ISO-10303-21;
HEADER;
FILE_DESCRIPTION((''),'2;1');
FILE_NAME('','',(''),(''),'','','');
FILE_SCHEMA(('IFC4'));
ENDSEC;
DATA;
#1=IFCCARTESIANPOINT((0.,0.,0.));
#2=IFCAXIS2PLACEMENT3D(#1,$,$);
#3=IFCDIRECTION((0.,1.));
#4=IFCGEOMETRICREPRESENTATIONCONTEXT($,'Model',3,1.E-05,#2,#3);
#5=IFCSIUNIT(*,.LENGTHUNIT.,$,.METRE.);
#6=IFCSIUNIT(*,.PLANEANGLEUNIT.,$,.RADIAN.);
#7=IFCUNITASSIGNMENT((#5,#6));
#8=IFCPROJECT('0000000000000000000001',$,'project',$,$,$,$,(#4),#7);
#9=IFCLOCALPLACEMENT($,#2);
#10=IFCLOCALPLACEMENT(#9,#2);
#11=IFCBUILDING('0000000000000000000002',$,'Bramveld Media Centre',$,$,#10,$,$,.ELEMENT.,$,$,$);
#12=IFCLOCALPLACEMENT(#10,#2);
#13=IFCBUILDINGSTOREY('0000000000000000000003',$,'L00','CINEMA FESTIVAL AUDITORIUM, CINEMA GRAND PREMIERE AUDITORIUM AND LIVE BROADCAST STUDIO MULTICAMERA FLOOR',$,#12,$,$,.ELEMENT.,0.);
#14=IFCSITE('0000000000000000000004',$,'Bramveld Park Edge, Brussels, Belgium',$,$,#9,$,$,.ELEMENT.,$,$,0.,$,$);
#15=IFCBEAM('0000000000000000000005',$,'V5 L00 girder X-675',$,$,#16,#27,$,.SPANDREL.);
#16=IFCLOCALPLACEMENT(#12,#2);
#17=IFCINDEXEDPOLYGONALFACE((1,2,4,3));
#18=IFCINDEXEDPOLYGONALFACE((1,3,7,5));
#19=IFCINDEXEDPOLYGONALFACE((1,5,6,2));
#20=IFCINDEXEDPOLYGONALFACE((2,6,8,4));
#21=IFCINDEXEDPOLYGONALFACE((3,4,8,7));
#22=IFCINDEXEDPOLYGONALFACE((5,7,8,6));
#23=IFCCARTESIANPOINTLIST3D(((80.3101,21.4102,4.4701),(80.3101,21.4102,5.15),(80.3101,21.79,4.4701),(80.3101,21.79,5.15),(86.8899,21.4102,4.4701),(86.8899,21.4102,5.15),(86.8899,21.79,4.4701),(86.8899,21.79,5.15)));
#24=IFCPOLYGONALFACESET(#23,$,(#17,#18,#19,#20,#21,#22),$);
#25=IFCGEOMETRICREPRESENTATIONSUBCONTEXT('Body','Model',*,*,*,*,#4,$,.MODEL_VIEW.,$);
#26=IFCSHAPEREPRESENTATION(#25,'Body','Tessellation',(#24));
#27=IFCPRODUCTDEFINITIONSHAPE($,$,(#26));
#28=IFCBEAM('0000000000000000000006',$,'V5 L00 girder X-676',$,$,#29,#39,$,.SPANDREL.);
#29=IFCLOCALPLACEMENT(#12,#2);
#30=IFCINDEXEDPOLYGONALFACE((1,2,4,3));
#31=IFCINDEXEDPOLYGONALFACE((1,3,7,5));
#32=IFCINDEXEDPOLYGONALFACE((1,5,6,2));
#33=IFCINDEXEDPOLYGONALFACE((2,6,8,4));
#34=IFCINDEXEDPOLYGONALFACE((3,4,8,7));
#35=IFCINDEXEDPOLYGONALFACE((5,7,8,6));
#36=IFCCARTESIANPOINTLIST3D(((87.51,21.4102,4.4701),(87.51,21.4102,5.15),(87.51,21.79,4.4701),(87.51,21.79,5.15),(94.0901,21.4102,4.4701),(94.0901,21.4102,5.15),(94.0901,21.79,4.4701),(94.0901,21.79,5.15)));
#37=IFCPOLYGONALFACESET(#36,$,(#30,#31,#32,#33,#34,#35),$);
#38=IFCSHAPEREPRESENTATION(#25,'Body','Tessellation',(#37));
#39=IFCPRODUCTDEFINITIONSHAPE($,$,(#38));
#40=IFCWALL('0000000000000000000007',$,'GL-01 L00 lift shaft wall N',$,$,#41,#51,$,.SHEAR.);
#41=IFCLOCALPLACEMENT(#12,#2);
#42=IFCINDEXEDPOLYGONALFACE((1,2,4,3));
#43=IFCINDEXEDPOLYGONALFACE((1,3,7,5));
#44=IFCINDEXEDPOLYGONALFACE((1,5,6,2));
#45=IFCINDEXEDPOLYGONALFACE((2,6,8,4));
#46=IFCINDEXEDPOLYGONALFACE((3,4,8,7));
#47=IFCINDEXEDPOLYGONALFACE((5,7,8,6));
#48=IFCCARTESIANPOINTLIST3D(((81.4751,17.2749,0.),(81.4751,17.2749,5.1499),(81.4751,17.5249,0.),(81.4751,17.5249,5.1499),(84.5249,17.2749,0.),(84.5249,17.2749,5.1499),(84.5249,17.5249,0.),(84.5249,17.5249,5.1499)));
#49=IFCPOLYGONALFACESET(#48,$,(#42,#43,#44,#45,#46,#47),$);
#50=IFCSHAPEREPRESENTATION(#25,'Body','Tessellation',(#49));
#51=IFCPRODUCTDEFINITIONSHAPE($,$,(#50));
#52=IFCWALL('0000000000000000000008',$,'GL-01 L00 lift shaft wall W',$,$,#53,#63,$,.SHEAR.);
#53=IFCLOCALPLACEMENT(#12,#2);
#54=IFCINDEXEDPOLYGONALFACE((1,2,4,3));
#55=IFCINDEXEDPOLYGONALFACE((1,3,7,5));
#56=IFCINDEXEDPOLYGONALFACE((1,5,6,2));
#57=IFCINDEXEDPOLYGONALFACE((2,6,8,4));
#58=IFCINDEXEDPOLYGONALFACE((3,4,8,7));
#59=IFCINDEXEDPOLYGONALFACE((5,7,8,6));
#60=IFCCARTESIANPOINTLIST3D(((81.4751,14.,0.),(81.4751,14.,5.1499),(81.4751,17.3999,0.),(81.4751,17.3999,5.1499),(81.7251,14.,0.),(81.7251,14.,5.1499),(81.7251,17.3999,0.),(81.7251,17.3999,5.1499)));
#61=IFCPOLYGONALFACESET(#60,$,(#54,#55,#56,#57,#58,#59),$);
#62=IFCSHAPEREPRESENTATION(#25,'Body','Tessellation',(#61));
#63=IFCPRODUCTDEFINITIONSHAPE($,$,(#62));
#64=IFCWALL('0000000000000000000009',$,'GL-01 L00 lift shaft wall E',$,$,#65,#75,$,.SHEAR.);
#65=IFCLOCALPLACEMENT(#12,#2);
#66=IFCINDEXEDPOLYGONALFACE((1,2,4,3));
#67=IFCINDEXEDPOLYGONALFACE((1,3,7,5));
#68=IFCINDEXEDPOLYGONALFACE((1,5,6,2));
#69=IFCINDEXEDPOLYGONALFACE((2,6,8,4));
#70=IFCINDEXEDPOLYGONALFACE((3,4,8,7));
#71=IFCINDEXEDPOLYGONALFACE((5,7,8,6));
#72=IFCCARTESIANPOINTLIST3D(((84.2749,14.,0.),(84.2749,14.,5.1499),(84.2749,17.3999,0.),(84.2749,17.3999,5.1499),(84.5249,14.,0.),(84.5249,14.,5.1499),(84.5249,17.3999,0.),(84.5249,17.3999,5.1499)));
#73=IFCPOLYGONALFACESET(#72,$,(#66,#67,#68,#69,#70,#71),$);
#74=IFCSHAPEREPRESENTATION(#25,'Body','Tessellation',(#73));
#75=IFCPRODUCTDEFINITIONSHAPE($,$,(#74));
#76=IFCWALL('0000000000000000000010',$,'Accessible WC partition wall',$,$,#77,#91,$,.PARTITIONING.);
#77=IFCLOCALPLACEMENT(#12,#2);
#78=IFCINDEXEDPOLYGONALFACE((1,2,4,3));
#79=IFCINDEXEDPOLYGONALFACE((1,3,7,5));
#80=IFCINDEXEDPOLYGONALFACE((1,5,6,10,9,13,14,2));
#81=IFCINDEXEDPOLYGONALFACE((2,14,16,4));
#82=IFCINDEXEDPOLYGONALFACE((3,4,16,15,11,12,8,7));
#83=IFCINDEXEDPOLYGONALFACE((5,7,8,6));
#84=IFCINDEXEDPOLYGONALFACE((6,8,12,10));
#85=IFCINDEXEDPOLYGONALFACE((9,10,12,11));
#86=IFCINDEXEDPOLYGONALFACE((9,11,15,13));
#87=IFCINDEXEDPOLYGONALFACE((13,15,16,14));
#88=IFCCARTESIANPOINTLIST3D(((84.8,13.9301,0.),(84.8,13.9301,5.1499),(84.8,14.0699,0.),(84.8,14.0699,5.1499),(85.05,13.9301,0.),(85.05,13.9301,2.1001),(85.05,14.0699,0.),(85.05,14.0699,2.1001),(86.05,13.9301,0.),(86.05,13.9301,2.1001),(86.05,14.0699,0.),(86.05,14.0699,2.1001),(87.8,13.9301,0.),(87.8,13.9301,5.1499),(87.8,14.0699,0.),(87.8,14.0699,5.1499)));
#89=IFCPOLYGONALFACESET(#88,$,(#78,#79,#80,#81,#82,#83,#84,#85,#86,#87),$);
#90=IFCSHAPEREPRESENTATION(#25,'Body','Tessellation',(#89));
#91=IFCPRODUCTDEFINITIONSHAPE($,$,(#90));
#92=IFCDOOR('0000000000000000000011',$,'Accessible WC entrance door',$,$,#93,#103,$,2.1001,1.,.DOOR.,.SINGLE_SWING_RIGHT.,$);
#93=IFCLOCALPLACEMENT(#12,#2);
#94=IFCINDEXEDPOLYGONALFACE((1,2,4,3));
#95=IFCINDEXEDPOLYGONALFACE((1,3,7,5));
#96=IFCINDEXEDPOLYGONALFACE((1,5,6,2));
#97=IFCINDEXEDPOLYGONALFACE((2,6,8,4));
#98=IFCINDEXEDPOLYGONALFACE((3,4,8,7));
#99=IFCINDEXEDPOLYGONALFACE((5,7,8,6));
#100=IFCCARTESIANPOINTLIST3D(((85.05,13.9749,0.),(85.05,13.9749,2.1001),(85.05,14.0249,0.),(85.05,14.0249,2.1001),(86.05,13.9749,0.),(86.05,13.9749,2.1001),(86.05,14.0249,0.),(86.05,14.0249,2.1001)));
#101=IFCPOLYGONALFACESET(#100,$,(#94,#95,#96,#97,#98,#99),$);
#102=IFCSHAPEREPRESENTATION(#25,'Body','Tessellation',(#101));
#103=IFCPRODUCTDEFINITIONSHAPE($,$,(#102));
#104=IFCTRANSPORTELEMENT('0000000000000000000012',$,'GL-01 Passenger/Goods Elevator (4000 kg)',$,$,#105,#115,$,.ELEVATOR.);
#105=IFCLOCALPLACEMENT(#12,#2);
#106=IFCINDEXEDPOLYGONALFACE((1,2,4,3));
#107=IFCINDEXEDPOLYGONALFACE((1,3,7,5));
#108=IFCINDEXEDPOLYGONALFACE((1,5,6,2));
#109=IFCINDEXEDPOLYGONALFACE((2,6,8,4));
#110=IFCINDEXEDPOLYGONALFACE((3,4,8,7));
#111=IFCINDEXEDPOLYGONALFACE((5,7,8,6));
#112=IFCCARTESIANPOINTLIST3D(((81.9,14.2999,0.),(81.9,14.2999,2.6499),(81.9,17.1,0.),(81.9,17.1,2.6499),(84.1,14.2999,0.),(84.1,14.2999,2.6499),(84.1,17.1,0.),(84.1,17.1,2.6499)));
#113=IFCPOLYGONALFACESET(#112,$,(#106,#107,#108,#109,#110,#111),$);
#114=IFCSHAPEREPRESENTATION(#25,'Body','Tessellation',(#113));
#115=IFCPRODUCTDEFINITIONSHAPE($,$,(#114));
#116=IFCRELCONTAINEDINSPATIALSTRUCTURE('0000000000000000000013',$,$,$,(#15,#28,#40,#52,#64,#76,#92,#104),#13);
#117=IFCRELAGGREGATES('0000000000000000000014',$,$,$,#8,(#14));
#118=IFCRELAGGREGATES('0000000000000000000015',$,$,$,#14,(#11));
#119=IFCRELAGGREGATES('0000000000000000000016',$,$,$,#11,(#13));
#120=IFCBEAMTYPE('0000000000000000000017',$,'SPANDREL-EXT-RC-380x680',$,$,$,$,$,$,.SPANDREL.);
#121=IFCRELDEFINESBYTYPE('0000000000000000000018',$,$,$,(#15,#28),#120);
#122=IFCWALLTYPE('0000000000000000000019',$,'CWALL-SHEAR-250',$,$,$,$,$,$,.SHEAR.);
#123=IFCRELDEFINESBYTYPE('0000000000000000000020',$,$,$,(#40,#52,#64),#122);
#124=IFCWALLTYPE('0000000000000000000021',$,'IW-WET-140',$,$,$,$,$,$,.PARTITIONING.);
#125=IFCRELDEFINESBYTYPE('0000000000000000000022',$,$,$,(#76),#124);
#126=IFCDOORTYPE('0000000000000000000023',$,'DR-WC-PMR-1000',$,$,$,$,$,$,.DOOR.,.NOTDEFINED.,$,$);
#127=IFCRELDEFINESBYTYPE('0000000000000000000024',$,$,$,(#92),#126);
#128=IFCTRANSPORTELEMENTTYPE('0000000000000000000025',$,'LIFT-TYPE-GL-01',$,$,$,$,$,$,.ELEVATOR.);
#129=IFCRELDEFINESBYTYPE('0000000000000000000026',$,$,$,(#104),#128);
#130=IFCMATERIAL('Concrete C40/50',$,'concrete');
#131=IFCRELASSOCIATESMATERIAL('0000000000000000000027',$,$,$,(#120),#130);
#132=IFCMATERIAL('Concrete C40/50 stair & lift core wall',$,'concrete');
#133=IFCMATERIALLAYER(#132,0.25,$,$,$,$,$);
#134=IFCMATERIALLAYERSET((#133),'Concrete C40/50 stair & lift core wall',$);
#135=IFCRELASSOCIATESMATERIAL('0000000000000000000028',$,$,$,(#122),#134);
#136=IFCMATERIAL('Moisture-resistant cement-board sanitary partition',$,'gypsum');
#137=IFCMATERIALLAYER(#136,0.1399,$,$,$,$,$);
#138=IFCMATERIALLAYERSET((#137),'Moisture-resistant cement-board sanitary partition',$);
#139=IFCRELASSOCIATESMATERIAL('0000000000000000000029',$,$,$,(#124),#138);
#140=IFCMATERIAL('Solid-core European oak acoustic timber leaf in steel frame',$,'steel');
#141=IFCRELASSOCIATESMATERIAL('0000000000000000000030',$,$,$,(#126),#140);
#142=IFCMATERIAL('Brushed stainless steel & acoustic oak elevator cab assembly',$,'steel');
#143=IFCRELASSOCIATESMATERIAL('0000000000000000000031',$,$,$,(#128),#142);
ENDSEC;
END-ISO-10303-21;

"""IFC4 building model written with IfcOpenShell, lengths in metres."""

from ifc_helpers import new_model, si_unit, direction, frame, frame_2d, origin, origin_2d, place, context, subcontext, project, spatial, rectangle, extrude, material, layer, layer_set, material_profile, profile_set, type_object, element, fill, save


model = new_model("IFC4")

# Units and contexts
model_context = context("Model", 3, precision=1e-05, world=origin(), true_north=direction((0.0, 1.0)))
body_context = subcontext(model_context, "Body", "Model", "MODEL_VIEW")
ifc_project = project(units=[si_unit("LENGTHUNIT", "METRE"), si_unit("PLANEANGLEUNIT", "RADIAN")], contexts=[model_context])

# Site, building, storey
site_placement = place(None, origin())
site = spatial("IfcSite", under=ifc_project, at=site_placement, Name="Bramveld Park Edge, Brussels, Belgium", CompositionType="ELEMENT", RefElevation=0.0)
building_placement = place(site_placement, origin())
building = spatial("IfcBuilding", under=site, at=building_placement, Name="Bramveld Media Centre", CompositionType="ELEMENT")
storey_placement = place(building_placement, origin())
storey = spatial("IfcBuildingStorey", under=building, at=storey_placement, Name="L00", Description="CINEMA FESTIVAL AUDITORIUM, CINEMA GRAND PREMIERE AUDITORIUM AND LIVE BROADCAST STUDIO MULTICAMERA FLOOR", CompositionType="ELEMENT", Elevation=0.0)

# Beams
ifc_material_1 = material(Name="Concrete C40/50", Category="concrete")
ifc_material_profile_1 = material_profile(ifc_material_1, rectangle(XDim=0.3799, YDim=0.6799, at=origin_2d()), Name="RC 380x680")
ifc_profile_set_1 = profile_set([ifc_material_profile_1], Name="Concrete C40/50")
beam_type_1 = type_object("IfcBeamType", Name="SPANDREL-EXT-RC-380x680", PredefinedType="SPANDREL", material=ifc_profile_set_1)
beam_1_placement = place(storey_placement, frame((80.3101, 21.6001, 4.8101), z_axis=(1.0, 0.0, 0.0), x_axis=(0.0, 1.0, 0.0)))
element("IfcBeam", 1, at=beam_1_placement, inside=storey, type_object=beam_type_1, Name="V5 L00 girder X-675", PredefinedType="SPANDREL", context=body_context, shape_type="SweptSolid", body=[
    extrude(rectangle(XDim=0.3799, YDim=0.6799, at=origin_2d()), origin(), (0.0, 0.0, 1.0), 6.5798),
])
beam_2_placement = place(storey_placement, frame((87.51, 21.6001, 4.8101), z_axis=(1.0, 0.0, 0.0), x_axis=(0.0, 1.0, 0.0)))
element("IfcBeam", 2, at=beam_2_placement, inside=storey, type_object=beam_type_1, Name="V5 L00 girder X-676", PredefinedType="SPANDREL", context=body_context, shape_type="SweptSolid", body=[
    extrude(rectangle(XDim=0.3799, YDim=0.6799, at=origin_2d()), origin(), (0.0, 0.0, 1.0), 6.5801),
])

# Walls
ifc_material_2 = material(Name="Concrete C40/50 stair & lift core wall", Category="concrete")
ifc_layer_1 = layer(ifc_material_2, 0.25)
ifc_layer_set_1 = layer_set([ifc_layer_1], Name="Concrete C40/50 stair & lift core wall")
wall_type_1 = type_object("IfcWallType", Name="CWALL-SHEAR-250", PredefinedType="SHEAR", material=ifc_layer_set_1)
wall_1_placement = place(storey_placement, frame((84.5249, 17.3999, 0.0), z_axis=(0.0, 0.0, 1.0), x_axis=(-1.0, 0.0, 0.0)))
element("IfcWall", 3, at=wall_1_placement, inside=storey, type_object=wall_type_1, Name="GL-01 L00 lift shaft wall N", PredefinedType="SHEAR", context=body_context, shape_type="SweptSolid", body=[
    extrude(rectangle(XDim=3.0498, YDim=0.25, at=frame_2d((1.5249, 0.0))), origin(), (0.0, 0.0, 1.0), 5.1499),
])
for number, where, z_axis, x_axis, name in (
    (4, (81.6001, 17.3999, 0.0), (0.0, 0.0, 1.0), (0.0, -1.0, 0.0), "GL-01 L00 lift shaft wall W"),
    (5, (84.3999, 14.0, 0.0), (0.0, 0.0, 1.0), (0.0, 1.0, 0.0), "GL-01 L00 lift shaft wall E"),
):
    element("IfcWall", number, at=place(storey_placement, frame(where, z_axis=z_axis, x_axis=x_axis)), inside=storey, type_object=wall_type_1, Name=name, PredefinedType="SHEAR", context=body_context, shape_type="SweptSolid", body=[
        extrude(rectangle(XDim=3.3999, YDim=0.25, at=frame_2d((1.7, 0.0))), origin(), (0.0, 0.0, 1.0), 5.1499),
    ])

# Wall, opening, door
ifc_material_3 = material(Name="Moisture-resistant cement-board sanitary partition", Category="gypsum")
ifc_layer_2 = layer(ifc_material_3, 0.1399)
ifc_layer_set_2 = layer_set([ifc_layer_2], Name="Moisture-resistant cement-board sanitary partition")
wall_type_2 = type_object("IfcWallType", Name="IW-WET-140", PredefinedType="PARTITIONING", material=ifc_layer_set_2)
wall_2_placement = place(storey_placement, frame((84.8, 14.0, 0.0), z_axis=(0.0, 0.0, 1.0), x_axis=(1.0, 0.0, 0.0)))
wall_2 = element("IfcWall", 6, at=wall_2_placement, inside=storey, type_object=wall_type_2, Name="Accessible WC partition wall", PredefinedType="PARTITIONING", context=body_context, shape_type="SweptSolid", body=[
    extrude(rectangle(XDim=3.0, YDim=0.1399, at=frame_2d((1.5, 0.0))), origin(), (0.0, 0.0, 1.0), 5.1499),
])
opening_placement = place(wall_2_placement, frame((0.25, 0.0, 0.0)))
opening = element("IfcOpeningElement", 7, at=opening_placement, cuts=wall_2, PredefinedType="OPENING", context=body_context, shape_type="SweptSolid", body=[
    extrude(rectangle(XDim=1.0, YDim=2.1001, at=frame_2d((0.5, 1.05))), frame((0.0, 0.082, 0.0), z_axis=(0.0, -1.0, 0.0), x_axis=(1.0, 0.0, 0.0)), (0.0, 0.0, 1.0), 0.1638),
])
ifc_material_4 = material(Name="Solid-core European oak acoustic timber leaf in steel frame", Category="steel")
door_type = type_object("IfcDoorType", Name="DR-WC-PMR-1000", OperationType="NOTDEFINED", PredefinedType="DOOR", material=ifc_material_4)
door_placement = place(opening_placement, origin())
door = element("IfcDoor", 8, at=door_placement, inside=storey, type_object=door_type, Name="Accessible WC entrance door", OperationType="SINGLE_SWING_RIGHT", OverallHeight=2.1001, OverallWidth=1.0, PredefinedType="DOOR", context=body_context, shape_type="SweptSolid", body=[
    extrude(rectangle(XDim=1.0, YDim=2.1001, at=frame_2d((0.5, 1.05))), frame((0.0, 0.0249, 0.0), z_axis=(0.0, -1.0, 0.0), x_axis=(1.0, 0.0, 0.0)), (0.0, 0.0, 1.0), 0.05),
])
fill(opening, door)

# Transport element
ifc_material_5 = material(Name="Brushed stainless steel & acoustic oak elevator cab assembly", Category="steel")
transport_element_type = type_object("IfcTransportElementType", Name="LIFT-TYPE-GL-01", PredefinedType="ELEVATOR", material=ifc_material_5)
transport_element_placement = place(storey_placement, frame((83.0, 15.7, 0.0), z_axis=(0.0, 0.0, 1.0), x_axis=(1.0, 0.0, 0.0)))
element("IfcTransportElement", 9, at=transport_element_placement, inside=storey, type_object=transport_element_type, Name="GL-01 Passenger/Goods Elevator (4000 kg)", PredefinedType="ELEVATOR", context=body_context, shape_type="SweptSolid", body=[
    extrude(rectangle(XDim=2.2, YDim=2.8, at=origin_2d()), origin(), (0.0, 0.0, 1.0), 2.6499),
])

save(model, "model.ifc")
